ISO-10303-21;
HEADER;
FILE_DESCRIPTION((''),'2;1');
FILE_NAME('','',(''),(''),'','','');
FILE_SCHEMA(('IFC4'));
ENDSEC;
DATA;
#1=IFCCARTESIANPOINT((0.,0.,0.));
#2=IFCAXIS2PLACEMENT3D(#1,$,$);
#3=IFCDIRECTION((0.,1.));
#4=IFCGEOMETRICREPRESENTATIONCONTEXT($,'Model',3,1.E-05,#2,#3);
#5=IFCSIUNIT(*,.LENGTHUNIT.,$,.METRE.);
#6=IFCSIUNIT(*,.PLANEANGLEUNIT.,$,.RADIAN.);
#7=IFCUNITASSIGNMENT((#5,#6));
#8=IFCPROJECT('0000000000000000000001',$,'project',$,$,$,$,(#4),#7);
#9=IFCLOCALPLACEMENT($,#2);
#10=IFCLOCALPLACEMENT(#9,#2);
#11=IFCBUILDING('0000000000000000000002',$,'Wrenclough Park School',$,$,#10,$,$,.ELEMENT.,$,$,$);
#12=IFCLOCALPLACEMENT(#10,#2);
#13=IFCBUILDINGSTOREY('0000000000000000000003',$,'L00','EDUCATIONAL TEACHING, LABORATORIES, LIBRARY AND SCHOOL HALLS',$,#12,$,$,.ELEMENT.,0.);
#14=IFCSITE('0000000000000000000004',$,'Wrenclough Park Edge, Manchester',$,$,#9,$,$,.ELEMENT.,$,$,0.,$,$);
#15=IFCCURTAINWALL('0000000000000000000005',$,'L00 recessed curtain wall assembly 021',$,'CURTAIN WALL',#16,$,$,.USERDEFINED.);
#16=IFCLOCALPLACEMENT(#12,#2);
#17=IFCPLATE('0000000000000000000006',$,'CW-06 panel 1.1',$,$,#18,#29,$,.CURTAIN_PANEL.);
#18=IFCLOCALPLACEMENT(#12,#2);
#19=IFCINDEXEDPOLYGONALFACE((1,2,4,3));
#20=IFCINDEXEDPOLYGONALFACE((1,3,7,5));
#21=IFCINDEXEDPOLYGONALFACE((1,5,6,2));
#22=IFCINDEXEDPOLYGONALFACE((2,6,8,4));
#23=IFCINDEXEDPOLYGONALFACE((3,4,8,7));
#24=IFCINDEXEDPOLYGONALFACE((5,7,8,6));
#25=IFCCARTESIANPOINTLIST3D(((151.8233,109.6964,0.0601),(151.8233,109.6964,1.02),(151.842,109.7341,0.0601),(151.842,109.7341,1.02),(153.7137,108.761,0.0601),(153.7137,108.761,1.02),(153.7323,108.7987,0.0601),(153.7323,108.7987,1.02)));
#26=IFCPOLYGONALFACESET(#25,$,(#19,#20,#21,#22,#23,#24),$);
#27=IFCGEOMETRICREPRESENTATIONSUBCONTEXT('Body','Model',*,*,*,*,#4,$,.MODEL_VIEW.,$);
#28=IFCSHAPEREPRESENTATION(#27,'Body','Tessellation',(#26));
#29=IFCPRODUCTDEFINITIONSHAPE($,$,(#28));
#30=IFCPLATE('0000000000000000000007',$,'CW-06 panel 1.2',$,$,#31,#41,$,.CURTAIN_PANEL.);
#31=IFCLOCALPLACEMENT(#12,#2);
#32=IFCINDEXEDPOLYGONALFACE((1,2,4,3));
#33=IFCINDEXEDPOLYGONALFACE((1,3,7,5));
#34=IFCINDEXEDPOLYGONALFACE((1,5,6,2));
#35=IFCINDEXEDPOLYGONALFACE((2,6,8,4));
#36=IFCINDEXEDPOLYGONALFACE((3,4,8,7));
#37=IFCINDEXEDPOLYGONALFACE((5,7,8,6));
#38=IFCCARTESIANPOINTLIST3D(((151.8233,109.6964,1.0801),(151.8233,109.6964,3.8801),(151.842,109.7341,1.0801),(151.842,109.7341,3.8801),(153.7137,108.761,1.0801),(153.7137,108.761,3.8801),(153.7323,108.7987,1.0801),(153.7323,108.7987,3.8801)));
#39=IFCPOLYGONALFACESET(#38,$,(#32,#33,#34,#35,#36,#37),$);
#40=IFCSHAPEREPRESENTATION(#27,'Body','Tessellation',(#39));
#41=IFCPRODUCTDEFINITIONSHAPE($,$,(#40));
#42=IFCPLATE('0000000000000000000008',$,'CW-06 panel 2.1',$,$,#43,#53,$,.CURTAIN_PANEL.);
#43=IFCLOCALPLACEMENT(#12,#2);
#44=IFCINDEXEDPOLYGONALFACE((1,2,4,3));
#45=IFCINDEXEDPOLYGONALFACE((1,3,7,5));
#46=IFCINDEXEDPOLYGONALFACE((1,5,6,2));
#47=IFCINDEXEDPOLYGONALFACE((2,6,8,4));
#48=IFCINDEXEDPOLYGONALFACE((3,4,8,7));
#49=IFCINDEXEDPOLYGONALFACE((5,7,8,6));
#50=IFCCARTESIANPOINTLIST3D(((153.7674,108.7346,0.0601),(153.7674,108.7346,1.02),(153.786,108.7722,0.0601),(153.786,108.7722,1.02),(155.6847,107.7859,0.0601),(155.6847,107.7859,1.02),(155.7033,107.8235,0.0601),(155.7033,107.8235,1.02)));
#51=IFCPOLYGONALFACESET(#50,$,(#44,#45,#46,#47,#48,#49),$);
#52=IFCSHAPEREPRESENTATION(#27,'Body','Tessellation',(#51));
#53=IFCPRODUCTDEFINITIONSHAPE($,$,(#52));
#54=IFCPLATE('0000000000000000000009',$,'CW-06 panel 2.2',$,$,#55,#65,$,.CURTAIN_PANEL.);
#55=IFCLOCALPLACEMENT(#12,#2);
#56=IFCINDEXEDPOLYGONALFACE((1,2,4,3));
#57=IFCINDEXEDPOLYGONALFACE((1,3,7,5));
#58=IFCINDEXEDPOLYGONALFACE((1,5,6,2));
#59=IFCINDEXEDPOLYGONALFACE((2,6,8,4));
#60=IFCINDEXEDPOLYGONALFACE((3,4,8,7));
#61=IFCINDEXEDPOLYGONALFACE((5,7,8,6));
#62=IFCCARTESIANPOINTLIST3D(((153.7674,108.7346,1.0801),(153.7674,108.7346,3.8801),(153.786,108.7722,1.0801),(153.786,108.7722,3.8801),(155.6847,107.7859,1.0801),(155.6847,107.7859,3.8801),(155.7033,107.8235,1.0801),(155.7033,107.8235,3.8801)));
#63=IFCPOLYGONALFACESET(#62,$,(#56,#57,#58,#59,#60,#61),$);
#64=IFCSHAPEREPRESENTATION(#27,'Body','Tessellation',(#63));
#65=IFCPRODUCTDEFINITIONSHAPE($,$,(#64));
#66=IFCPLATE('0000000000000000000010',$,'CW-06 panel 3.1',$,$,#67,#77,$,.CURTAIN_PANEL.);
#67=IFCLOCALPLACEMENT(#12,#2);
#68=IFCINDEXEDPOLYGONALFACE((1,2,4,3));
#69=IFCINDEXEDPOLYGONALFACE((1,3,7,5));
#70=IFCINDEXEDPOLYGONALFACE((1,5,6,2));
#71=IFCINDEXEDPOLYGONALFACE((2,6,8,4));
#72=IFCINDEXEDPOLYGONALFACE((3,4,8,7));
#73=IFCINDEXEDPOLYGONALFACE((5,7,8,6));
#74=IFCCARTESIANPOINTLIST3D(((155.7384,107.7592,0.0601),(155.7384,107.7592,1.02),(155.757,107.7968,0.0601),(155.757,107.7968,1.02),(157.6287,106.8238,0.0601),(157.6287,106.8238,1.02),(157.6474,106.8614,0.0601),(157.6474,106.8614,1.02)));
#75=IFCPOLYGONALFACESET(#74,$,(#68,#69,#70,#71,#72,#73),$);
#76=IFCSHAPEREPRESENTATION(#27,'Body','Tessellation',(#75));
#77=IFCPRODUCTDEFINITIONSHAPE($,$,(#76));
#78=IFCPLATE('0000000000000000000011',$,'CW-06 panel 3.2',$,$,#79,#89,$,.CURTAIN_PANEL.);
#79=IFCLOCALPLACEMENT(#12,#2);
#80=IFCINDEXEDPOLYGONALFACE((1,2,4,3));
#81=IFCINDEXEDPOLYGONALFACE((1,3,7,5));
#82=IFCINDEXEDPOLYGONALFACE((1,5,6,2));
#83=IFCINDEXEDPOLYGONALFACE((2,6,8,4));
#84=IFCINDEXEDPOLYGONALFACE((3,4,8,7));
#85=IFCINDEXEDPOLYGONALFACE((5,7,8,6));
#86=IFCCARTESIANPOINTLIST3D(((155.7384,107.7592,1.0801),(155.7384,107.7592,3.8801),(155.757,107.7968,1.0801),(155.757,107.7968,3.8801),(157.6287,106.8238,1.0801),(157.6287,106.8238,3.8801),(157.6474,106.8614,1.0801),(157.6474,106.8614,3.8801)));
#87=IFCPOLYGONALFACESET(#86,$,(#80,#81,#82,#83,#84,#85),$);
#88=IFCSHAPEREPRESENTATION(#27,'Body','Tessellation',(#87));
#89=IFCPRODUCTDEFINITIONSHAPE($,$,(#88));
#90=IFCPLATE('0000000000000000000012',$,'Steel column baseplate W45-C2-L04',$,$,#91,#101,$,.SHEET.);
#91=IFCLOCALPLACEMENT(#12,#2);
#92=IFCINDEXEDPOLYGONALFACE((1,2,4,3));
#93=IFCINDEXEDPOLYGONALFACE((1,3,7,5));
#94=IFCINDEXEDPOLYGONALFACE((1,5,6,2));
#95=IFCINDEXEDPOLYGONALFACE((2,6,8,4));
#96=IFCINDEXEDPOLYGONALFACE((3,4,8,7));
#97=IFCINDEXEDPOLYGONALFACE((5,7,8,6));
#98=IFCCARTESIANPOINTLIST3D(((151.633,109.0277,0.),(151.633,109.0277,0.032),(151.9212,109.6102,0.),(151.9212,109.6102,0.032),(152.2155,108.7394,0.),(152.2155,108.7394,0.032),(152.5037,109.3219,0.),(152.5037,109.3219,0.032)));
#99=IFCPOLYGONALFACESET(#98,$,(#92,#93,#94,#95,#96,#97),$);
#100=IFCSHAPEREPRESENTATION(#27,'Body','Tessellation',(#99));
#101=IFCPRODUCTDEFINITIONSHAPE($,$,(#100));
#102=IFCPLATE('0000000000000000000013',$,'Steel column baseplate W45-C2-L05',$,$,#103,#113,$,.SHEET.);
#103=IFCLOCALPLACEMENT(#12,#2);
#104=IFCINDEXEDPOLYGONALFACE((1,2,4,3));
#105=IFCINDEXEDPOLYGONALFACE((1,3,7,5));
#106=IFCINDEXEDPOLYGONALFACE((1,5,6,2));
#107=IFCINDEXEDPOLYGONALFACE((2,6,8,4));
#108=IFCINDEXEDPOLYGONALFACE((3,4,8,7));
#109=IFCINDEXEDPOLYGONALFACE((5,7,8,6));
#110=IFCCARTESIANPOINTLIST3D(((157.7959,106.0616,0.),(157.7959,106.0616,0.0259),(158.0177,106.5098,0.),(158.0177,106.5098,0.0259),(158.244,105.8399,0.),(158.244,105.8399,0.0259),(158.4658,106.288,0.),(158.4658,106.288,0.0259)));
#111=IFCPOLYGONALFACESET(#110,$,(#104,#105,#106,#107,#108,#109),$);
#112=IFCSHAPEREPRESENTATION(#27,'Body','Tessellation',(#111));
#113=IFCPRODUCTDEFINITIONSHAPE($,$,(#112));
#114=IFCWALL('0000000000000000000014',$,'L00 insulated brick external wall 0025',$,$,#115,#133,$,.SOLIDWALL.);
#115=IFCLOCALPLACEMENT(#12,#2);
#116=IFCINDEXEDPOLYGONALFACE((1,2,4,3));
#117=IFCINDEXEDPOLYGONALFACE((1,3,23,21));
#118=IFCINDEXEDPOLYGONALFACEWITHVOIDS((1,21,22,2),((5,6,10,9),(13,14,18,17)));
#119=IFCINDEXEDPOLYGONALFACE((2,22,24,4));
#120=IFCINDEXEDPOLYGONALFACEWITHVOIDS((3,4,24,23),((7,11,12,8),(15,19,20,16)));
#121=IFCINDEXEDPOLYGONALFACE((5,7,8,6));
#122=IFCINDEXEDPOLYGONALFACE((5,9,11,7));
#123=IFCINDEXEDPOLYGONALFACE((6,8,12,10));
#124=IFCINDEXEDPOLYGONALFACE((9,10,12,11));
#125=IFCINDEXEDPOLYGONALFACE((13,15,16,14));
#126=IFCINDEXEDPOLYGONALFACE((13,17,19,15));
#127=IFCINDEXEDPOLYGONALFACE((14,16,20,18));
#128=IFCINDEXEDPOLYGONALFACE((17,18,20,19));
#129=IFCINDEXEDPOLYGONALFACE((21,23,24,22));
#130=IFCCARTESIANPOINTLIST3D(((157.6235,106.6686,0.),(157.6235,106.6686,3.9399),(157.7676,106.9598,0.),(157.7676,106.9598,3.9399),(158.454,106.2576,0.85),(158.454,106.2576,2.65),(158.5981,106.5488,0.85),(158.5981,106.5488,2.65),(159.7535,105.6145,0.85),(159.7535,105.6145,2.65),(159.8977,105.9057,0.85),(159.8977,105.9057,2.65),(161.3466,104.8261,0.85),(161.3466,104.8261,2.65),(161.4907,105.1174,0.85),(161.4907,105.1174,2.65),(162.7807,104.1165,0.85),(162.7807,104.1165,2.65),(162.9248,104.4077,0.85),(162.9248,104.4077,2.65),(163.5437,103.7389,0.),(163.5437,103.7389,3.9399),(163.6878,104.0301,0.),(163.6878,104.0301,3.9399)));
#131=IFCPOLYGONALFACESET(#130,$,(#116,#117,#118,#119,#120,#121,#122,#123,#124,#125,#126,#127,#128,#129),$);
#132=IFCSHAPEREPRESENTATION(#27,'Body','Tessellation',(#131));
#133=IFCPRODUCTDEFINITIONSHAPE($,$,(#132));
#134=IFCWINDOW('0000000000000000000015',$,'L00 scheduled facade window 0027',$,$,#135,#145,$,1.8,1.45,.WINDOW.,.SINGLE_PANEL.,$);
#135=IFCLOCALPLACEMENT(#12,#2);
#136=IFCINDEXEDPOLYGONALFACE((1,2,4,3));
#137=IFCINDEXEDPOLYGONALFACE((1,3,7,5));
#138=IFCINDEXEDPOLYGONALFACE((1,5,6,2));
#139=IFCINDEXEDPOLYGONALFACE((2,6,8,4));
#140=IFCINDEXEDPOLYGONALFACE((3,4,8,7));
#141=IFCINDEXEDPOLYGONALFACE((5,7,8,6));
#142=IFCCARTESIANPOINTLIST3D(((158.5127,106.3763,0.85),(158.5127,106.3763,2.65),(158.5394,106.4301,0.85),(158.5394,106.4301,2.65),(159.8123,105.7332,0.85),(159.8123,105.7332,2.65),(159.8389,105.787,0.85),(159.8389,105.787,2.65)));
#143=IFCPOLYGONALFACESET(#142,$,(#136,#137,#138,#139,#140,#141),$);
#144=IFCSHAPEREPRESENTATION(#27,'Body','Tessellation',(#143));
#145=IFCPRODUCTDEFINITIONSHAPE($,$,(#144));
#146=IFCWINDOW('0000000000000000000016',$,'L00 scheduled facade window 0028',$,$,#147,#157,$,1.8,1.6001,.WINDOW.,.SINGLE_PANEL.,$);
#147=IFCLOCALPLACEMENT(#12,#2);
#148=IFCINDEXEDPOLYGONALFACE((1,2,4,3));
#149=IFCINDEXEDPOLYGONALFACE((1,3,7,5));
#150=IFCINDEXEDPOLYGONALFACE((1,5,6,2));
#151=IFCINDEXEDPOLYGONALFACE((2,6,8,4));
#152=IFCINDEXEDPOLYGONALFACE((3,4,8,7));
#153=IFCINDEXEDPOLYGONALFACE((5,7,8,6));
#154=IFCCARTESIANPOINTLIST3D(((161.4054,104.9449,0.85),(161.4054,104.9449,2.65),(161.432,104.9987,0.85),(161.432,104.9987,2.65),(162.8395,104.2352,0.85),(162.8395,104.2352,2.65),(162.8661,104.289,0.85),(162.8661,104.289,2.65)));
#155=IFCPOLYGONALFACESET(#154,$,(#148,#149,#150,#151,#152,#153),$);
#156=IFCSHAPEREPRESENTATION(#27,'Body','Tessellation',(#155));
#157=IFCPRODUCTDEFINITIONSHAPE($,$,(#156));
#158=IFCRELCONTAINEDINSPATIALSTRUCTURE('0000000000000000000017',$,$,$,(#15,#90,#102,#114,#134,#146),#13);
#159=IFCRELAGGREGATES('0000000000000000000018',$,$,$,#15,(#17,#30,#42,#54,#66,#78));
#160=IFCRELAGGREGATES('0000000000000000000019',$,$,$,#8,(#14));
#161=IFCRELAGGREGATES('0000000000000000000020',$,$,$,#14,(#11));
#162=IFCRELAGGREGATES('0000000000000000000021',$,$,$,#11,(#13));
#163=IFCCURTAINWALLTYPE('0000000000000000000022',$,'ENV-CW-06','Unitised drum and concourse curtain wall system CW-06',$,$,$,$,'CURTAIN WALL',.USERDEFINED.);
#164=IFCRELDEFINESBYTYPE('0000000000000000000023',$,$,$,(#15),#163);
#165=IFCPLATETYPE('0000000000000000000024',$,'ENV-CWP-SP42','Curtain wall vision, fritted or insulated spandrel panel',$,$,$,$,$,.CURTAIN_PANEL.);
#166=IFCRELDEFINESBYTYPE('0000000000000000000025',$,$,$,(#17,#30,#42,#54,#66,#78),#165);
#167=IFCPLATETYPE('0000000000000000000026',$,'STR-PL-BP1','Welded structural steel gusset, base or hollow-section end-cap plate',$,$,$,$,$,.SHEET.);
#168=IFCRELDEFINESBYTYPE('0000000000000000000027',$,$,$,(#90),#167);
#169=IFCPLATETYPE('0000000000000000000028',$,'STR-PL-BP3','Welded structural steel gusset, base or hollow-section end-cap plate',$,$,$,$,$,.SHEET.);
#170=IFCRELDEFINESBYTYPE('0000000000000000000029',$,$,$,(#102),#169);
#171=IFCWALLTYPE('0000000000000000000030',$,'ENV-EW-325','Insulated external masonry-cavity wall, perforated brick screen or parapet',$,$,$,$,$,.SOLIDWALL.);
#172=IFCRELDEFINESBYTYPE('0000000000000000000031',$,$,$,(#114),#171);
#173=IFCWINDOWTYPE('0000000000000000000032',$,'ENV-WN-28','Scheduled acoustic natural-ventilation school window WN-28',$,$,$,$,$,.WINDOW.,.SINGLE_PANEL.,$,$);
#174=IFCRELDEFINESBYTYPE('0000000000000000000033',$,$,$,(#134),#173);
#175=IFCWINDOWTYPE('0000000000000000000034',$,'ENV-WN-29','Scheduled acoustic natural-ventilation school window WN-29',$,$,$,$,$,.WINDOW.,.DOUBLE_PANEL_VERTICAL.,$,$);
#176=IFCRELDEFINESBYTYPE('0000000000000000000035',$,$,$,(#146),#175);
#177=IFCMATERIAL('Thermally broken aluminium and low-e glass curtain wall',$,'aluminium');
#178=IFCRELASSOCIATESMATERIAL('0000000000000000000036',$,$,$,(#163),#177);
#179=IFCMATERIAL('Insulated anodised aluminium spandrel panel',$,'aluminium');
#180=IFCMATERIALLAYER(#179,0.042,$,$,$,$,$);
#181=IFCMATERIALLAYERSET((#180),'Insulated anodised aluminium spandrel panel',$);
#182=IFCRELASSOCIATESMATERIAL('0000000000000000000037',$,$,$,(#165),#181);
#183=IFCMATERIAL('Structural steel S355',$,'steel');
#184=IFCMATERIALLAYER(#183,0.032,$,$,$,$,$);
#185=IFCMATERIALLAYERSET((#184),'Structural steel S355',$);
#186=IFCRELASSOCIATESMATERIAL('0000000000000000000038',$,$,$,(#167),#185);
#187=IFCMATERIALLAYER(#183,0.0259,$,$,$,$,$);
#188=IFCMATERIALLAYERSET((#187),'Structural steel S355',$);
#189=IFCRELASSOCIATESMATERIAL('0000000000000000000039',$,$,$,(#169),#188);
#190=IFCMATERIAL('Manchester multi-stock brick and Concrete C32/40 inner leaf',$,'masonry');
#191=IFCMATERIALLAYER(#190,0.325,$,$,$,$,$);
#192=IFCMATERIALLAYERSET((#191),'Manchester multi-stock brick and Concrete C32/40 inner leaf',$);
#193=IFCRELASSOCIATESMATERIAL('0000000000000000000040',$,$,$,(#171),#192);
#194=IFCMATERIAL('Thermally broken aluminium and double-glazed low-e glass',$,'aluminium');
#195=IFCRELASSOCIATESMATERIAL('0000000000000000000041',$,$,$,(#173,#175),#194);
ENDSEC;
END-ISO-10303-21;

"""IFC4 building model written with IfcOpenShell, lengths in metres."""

from ifc_helpers import new_model, si_unit, direction, frame, frame_2d, origin, origin_2d, place, context, subcontext, project, spatial, rectangle, extrude, material, layer, layer_set, type_object, element, fill, aggregate, save


model = new_model("IFC4")

# Units and contexts
model_context = context("Model", 3, precision=1e-05, world=origin(), true_north=direction((0.0, 1.0)))
body_context = subcontext(model_context, "Body", "Model", "MODEL_VIEW")
ifc_project = project(units=[si_unit("LENGTHUNIT", "METRE"), si_unit("PLANEANGLEUNIT", "RADIAN")], contexts=[model_context])

# Site, building, storey
site_placement = place(None, origin())
site = spatial("IfcSite", under=ifc_project, at=site_placement, Name="Wrenclough Park Edge, Manchester", CompositionType="ELEMENT", RefElevation=0.0)
building_placement = place(site_placement, origin())
building = spatial("IfcBuilding", under=site, at=building_placement, Name="Wrenclough Park School", CompositionType="ELEMENT")
storey_placement = place(building_placement, origin())
storey = spatial("IfcBuildingStorey", under=building, at=storey_placement, Name="L00", Description="EDUCATIONAL TEACHING, LABORATORIES, LIBRARY AND SCHOOL HALLS", CompositionType="ELEMENT", Elevation=0.0)

# Shared definitions
ifc_material_1 = material(Name="Structural steel S355", Category="steel")

# Curtain wall
ifc_material_2 = material(Name="Thermally broken aluminium and low-e glass curtain wall", Category="aluminium")
curtain_wall_type = type_object("IfcCurtainWallType", Name="ENV-CW-06", Description="Unitised drum and concourse curtain wall system CW-06", ElementType="CURTAIN WALL", PredefinedType="USERDEFINED", material=ifc_material_2)
curtain_wall_placement = place(storey_placement, origin())
curtain_wall = element("IfcCurtainWall", 1, at=curtain_wall_placement, inside=storey, type_object=curtain_wall_type, Name="L00 recessed curtain wall assembly 021", ObjectType="CURTAIN WALL", PredefinedType="USERDEFINED")

# Plates
ifc_material_3 = material(Name="Insulated anodised aluminium spandrel panel", Category="aluminium")
ifc_layer_1 = layer(ifc_material_3, 0.042)
ifc_layer_set_1 = layer_set([ifc_layer_1], Name="Insulated anodised aluminium spandrel panel")
plate_type_1 = type_object("IfcPlateType", Name="ENV-CWP-SP42", Description="Curtain wall vision, fritted or insulated spandrel panel", PredefinedType="CURTAIN_PANEL", material=ifc_layer_set_1)
plate_1_placement = place(storey_placement, frame((152.7778, 109.2476, 0.0601), z_axis=(0.0, 0.0, 1.0), x_axis=(0.896275, -0.443499, 0.0)))
plate_1 = element("IfcPlate", 2, at=plate_1_placement, type_object=plate_type_1, Name="CW-06 panel 1.1", PredefinedType="CURTAIN_PANEL", context=body_context, shape_type="SweptSolid", body=[
    extrude(rectangle(XDim=2.1091, YDim=0.042, at=origin_2d()), origin(), (0.0, 0.0, 1.0), 0.96),
])
plate_2_placement = place(storey_placement, frame((152.7778, 109.2476, 1.0801), z_axis=(0.0, 0.0, 1.0), x_axis=(0.896275, -0.443499, 0.0)))
plate_2 = element("IfcPlate", 3, at=plate_2_placement, type_object=plate_type_1, Name="CW-06 panel 1.2", PredefinedType="CURTAIN_PANEL", context=body_context, shape_type="SweptSolid", body=[
    extrude(rectangle(XDim=2.1091, YDim=0.042, at=origin_2d()), origin(), (0.0, 0.0, 1.0), 2.8),
])
plate_3_placement = place(storey_placement, frame((154.7354, 108.2791, 0.0601), z_axis=(0.0, 0.0, 1.0), x_axis=(0.896275, -0.443499, 0.0)))
plate_3 = element("IfcPlate", 4, at=plate_3_placement, type_object=plate_type_1, Name="CW-06 panel 2.1", PredefinedType="CURTAIN_PANEL", context=body_context, shape_type="SweptSolid", body=[
    extrude(rectangle(XDim=2.1392, YDim=0.042, at=origin_2d()), origin(), (0.0, 0.0, 1.0), 0.96),
])
plate_4_placement = place(storey_placement, frame((154.7354, 108.2791, 1.0801), z_axis=(0.0, 0.0, 1.0), x_axis=(0.896275, -0.443499, 0.0)))
plate_4 = element("IfcPlate", 5, at=plate_4_placement, type_object=plate_type_1, Name="CW-06 panel 2.2", PredefinedType="CURTAIN_PANEL", context=body_context, shape_type="SweptSolid", body=[
    extrude(rectangle(XDim=2.1392, YDim=0.042, at=origin_2d()), origin(), (0.0, 0.0, 1.0), 2.8),
])
plate_5_placement = place(storey_placement, frame((156.6929, 107.3103, 0.0601), z_axis=(0.0, 0.0, 1.0), x_axis=(0.896275, -0.443499, 0.0)))
plate_5 = element("IfcPlate", 6, at=plate_5_placement, type_object=plate_type_1, Name="CW-06 panel 3.1", PredefinedType="CURTAIN_PANEL", context=body_context, shape_type="SweptSolid", body=[
    extrude(rectangle(XDim=2.1091, YDim=0.042, at=origin_2d()), origin(), (0.0, 0.0, 1.0), 0.96),
])
plate_6_placement = place(storey_placement, frame((156.6929, 107.3103, 1.0801), z_axis=(0.0, 0.0, 1.0), x_axis=(0.896275, -0.443499, 0.0)))
plate_6 = element("IfcPlate", 7, at=plate_6_placement, type_object=plate_type_1, Name="CW-06 panel 3.2", PredefinedType="CURTAIN_PANEL", context=body_context, shape_type="SweptSolid", body=[
    extrude(rectangle(XDim=2.1091, YDim=0.042, at=origin_2d()), origin(), (0.0, 0.0, 1.0), 2.8),
])
aggregate(curtain_wall, [plate_1, plate_2, plate_3, plate_4, plate_5, plate_6])

# Plates
ifc_layer_2 = layer(ifc_material_1, 0.032)
ifc_layer_set_2 = layer_set([ifc_layer_2], Name="Structural steel S355")
plate_type_2 = type_object("IfcPlateType", Name="STR-PL-BP1", Description="Welded structural steel gusset, base or hollow-section end-cap plate", PredefinedType="SHEET", material=ifc_layer_set_2)
plate_7_placement = place(storey_placement, frame((152.0684, 109.1748, 0.0), z_axis=(0.0, 0.0, 1.0), x_axis=(0.896254, -0.443541, 0.0)))
element("IfcPlate", 8, at=plate_7_placement, inside=storey, type_object=plate_type_2, Name="Steel column baseplate W45-C2-L04", PredefinedType="SHEET", context=body_context, shape_type="SweptSolid", body=[
    extrude(rectangle(XDim=0.6499, YDim=0.6499, at=origin_2d()), origin(), (0.0, 0.0, 1.0), 0.032),
])
ifc_layer_3 = layer(ifc_material_1, 0.0259)
ifc_layer_set_3 = layer_set([ifc_layer_3], Name="Structural steel S355")
plate_type_3 = type_object("IfcPlateType", Name="STR-PL-BP3", Description="Welded structural steel gusset, base or hollow-section end-cap plate", PredefinedType="SHEET", material=ifc_layer_set_3)
plate_8_placement = place(storey_placement, frame((158.1309, 106.1748, 0.0), z_axis=(0.0, 0.0, 1.0), x_axis=(0.896254, -0.443541, 0.0)))
element("IfcPlate", 9, at=plate_8_placement, inside=storey, type_object=plate_type_3, Name="Steel column baseplate W45-C2-L05", PredefinedType="SHEET", context=body_context, shape_type="SweptSolid", body=[
    extrude(rectangle(XDim=0.5, YDim=0.5, at=origin_2d()), origin(), (0.0, 0.0, 1.0), 0.0259),
])

# Wall, openings, windows
ifc_material_4 = material(Name="Manchester multi-stock brick and Concrete C32/40 inner leaf", Category="masonry")
ifc_layer_4 = layer(ifc_material_4, 0.325)
ifc_layer_set_4 = layer_set([ifc_layer_4], Name="Manchester multi-stock brick and Concrete C32/40 inner leaf")
wall_type = type_object("IfcWallType", Name="ENV-EW-325", Description="Insulated external masonry-cavity wall, perforated brick screen or parapet", PredefinedType="SOLIDWALL", material=ifc_layer_set_4)
wall_placement = place(storey_placement, frame((157.6956, 106.8142, 0.0), z_axis=(0.0, 0.0, 1.0), x_axis=(0.89626, -0.443529, 0.0)))
wall = element("IfcWall", 10, at=wall_placement, inside=storey, type_object=wall_type, Name="L00 insulated brick external wall 0025", PredefinedType="SOLIDWALL", context=body_context, shape_type="SweptSolid", body=[
    extrude(rectangle(XDim=6.6055, YDim=0.325, at=frame_2d((3.3027, 0.0))), origin(), (0.0, 0.0, 1.0), 3.9399),
])
opening_1_placement = place(wall_placement, frame((0.9265, 0.0, 0.8501)))
opening_1 = element("IfcOpeningElement", 11, at=opening_1_placement, cuts=wall, PredefinedType="OPENING", context=body_context, shape_type="SweptSolid", body=[
    extrude(rectangle(XDim=1.45, YDim=1.8, at=frame_2d((0.7251, 0.8999))), frame((0.0, 0.1724, 0.0), z_axis=(0.0, -1.0, 0.0), x_axis=(1.0, 0.0, 0.0)), (0.0, 0.0, 1.0), 0.345),
])
opening_2_placement = place(wall_placement, frame((4.1541, 0.0, 0.8501)))
opening_2 = element("IfcOpeningElement", 12, at=opening_2_placement, cuts=wall, PredefinedType="OPENING", context=body_context, shape_type="SweptSolid", body=[
    extrude(rectangle(XDim=1.6001, YDim=1.8, at=frame_2d((0.8, 0.8999))), frame((0.0, 0.1724, 0.0), z_axis=(0.0, -1.0, 0.0), x_axis=(1.0, 0.0, 0.0)), (0.0, 0.0, 1.0), 0.345),
])
ifc_material_5 = material(Name="Thermally broken aluminium and double-glazed low-e glass", Category="aluminium")
window_type_1 = type_object("IfcWindowType", Name="ENV-WN-28", Description="Scheduled acoustic natural-ventilation school window WN-28", PartitioningType="SINGLE_PANEL", PredefinedType="WINDOW", material=ifc_material_5)
window_1_placement = place(opening_1_placement, origin())
window_1 = element("IfcWindow", 13, at=window_1_placement, inside=storey, type_object=window_type_1, Name="L00 scheduled facade window 0027", OverallHeight=1.8, OverallWidth=1.45, PartitioningType="SINGLE_PANEL", PredefinedType="WINDOW", context=body_context, shape_type="SweptSolid", body=[
    extrude(rectangle(XDim=1.45, YDim=1.8, at=frame_2d((0.7251, 0.8999))), frame((0.0, 0.03, 0.0), z_axis=(0.0, -1.0, 0.0), x_axis=(1.0, 0.0, 0.0)), (0.0, 0.0, 1.0), 0.0601),
])
fill(opening_1, window_1)
window_type_2 = type_object("IfcWindowType", Name="ENV-WN-29", Description="Scheduled acoustic natural-ventilation school window WN-29", PartitioningType="DOUBLE_PANEL_VERTICAL", PredefinedType="WINDOW", material=ifc_material_5)
window_2_placement = place(opening_2_placement, origin())
window_2 = element("IfcWindow", 14, at=window_2_placement, inside=storey, type_object=window_type_2, Name="L00 scheduled facade window 0028", OverallHeight=1.8, OverallWidth=1.6001, PartitioningType="SINGLE_PANEL", PredefinedType="WINDOW", context=body_context, shape_type="SweptSolid", body=[
    extrude(rectangle(XDim=1.6001, YDim=1.8, at=frame_2d((0.8, 0.8999))), frame((0.0, 0.03, 0.0), z_axis=(0.0, -1.0, 0.0), x_axis=(1.0, 0.0, 0.0)), (0.0, 0.0, 1.0), 0.0601),
])
fill(opening_2, window_2)

save(model, "model.ifc")
